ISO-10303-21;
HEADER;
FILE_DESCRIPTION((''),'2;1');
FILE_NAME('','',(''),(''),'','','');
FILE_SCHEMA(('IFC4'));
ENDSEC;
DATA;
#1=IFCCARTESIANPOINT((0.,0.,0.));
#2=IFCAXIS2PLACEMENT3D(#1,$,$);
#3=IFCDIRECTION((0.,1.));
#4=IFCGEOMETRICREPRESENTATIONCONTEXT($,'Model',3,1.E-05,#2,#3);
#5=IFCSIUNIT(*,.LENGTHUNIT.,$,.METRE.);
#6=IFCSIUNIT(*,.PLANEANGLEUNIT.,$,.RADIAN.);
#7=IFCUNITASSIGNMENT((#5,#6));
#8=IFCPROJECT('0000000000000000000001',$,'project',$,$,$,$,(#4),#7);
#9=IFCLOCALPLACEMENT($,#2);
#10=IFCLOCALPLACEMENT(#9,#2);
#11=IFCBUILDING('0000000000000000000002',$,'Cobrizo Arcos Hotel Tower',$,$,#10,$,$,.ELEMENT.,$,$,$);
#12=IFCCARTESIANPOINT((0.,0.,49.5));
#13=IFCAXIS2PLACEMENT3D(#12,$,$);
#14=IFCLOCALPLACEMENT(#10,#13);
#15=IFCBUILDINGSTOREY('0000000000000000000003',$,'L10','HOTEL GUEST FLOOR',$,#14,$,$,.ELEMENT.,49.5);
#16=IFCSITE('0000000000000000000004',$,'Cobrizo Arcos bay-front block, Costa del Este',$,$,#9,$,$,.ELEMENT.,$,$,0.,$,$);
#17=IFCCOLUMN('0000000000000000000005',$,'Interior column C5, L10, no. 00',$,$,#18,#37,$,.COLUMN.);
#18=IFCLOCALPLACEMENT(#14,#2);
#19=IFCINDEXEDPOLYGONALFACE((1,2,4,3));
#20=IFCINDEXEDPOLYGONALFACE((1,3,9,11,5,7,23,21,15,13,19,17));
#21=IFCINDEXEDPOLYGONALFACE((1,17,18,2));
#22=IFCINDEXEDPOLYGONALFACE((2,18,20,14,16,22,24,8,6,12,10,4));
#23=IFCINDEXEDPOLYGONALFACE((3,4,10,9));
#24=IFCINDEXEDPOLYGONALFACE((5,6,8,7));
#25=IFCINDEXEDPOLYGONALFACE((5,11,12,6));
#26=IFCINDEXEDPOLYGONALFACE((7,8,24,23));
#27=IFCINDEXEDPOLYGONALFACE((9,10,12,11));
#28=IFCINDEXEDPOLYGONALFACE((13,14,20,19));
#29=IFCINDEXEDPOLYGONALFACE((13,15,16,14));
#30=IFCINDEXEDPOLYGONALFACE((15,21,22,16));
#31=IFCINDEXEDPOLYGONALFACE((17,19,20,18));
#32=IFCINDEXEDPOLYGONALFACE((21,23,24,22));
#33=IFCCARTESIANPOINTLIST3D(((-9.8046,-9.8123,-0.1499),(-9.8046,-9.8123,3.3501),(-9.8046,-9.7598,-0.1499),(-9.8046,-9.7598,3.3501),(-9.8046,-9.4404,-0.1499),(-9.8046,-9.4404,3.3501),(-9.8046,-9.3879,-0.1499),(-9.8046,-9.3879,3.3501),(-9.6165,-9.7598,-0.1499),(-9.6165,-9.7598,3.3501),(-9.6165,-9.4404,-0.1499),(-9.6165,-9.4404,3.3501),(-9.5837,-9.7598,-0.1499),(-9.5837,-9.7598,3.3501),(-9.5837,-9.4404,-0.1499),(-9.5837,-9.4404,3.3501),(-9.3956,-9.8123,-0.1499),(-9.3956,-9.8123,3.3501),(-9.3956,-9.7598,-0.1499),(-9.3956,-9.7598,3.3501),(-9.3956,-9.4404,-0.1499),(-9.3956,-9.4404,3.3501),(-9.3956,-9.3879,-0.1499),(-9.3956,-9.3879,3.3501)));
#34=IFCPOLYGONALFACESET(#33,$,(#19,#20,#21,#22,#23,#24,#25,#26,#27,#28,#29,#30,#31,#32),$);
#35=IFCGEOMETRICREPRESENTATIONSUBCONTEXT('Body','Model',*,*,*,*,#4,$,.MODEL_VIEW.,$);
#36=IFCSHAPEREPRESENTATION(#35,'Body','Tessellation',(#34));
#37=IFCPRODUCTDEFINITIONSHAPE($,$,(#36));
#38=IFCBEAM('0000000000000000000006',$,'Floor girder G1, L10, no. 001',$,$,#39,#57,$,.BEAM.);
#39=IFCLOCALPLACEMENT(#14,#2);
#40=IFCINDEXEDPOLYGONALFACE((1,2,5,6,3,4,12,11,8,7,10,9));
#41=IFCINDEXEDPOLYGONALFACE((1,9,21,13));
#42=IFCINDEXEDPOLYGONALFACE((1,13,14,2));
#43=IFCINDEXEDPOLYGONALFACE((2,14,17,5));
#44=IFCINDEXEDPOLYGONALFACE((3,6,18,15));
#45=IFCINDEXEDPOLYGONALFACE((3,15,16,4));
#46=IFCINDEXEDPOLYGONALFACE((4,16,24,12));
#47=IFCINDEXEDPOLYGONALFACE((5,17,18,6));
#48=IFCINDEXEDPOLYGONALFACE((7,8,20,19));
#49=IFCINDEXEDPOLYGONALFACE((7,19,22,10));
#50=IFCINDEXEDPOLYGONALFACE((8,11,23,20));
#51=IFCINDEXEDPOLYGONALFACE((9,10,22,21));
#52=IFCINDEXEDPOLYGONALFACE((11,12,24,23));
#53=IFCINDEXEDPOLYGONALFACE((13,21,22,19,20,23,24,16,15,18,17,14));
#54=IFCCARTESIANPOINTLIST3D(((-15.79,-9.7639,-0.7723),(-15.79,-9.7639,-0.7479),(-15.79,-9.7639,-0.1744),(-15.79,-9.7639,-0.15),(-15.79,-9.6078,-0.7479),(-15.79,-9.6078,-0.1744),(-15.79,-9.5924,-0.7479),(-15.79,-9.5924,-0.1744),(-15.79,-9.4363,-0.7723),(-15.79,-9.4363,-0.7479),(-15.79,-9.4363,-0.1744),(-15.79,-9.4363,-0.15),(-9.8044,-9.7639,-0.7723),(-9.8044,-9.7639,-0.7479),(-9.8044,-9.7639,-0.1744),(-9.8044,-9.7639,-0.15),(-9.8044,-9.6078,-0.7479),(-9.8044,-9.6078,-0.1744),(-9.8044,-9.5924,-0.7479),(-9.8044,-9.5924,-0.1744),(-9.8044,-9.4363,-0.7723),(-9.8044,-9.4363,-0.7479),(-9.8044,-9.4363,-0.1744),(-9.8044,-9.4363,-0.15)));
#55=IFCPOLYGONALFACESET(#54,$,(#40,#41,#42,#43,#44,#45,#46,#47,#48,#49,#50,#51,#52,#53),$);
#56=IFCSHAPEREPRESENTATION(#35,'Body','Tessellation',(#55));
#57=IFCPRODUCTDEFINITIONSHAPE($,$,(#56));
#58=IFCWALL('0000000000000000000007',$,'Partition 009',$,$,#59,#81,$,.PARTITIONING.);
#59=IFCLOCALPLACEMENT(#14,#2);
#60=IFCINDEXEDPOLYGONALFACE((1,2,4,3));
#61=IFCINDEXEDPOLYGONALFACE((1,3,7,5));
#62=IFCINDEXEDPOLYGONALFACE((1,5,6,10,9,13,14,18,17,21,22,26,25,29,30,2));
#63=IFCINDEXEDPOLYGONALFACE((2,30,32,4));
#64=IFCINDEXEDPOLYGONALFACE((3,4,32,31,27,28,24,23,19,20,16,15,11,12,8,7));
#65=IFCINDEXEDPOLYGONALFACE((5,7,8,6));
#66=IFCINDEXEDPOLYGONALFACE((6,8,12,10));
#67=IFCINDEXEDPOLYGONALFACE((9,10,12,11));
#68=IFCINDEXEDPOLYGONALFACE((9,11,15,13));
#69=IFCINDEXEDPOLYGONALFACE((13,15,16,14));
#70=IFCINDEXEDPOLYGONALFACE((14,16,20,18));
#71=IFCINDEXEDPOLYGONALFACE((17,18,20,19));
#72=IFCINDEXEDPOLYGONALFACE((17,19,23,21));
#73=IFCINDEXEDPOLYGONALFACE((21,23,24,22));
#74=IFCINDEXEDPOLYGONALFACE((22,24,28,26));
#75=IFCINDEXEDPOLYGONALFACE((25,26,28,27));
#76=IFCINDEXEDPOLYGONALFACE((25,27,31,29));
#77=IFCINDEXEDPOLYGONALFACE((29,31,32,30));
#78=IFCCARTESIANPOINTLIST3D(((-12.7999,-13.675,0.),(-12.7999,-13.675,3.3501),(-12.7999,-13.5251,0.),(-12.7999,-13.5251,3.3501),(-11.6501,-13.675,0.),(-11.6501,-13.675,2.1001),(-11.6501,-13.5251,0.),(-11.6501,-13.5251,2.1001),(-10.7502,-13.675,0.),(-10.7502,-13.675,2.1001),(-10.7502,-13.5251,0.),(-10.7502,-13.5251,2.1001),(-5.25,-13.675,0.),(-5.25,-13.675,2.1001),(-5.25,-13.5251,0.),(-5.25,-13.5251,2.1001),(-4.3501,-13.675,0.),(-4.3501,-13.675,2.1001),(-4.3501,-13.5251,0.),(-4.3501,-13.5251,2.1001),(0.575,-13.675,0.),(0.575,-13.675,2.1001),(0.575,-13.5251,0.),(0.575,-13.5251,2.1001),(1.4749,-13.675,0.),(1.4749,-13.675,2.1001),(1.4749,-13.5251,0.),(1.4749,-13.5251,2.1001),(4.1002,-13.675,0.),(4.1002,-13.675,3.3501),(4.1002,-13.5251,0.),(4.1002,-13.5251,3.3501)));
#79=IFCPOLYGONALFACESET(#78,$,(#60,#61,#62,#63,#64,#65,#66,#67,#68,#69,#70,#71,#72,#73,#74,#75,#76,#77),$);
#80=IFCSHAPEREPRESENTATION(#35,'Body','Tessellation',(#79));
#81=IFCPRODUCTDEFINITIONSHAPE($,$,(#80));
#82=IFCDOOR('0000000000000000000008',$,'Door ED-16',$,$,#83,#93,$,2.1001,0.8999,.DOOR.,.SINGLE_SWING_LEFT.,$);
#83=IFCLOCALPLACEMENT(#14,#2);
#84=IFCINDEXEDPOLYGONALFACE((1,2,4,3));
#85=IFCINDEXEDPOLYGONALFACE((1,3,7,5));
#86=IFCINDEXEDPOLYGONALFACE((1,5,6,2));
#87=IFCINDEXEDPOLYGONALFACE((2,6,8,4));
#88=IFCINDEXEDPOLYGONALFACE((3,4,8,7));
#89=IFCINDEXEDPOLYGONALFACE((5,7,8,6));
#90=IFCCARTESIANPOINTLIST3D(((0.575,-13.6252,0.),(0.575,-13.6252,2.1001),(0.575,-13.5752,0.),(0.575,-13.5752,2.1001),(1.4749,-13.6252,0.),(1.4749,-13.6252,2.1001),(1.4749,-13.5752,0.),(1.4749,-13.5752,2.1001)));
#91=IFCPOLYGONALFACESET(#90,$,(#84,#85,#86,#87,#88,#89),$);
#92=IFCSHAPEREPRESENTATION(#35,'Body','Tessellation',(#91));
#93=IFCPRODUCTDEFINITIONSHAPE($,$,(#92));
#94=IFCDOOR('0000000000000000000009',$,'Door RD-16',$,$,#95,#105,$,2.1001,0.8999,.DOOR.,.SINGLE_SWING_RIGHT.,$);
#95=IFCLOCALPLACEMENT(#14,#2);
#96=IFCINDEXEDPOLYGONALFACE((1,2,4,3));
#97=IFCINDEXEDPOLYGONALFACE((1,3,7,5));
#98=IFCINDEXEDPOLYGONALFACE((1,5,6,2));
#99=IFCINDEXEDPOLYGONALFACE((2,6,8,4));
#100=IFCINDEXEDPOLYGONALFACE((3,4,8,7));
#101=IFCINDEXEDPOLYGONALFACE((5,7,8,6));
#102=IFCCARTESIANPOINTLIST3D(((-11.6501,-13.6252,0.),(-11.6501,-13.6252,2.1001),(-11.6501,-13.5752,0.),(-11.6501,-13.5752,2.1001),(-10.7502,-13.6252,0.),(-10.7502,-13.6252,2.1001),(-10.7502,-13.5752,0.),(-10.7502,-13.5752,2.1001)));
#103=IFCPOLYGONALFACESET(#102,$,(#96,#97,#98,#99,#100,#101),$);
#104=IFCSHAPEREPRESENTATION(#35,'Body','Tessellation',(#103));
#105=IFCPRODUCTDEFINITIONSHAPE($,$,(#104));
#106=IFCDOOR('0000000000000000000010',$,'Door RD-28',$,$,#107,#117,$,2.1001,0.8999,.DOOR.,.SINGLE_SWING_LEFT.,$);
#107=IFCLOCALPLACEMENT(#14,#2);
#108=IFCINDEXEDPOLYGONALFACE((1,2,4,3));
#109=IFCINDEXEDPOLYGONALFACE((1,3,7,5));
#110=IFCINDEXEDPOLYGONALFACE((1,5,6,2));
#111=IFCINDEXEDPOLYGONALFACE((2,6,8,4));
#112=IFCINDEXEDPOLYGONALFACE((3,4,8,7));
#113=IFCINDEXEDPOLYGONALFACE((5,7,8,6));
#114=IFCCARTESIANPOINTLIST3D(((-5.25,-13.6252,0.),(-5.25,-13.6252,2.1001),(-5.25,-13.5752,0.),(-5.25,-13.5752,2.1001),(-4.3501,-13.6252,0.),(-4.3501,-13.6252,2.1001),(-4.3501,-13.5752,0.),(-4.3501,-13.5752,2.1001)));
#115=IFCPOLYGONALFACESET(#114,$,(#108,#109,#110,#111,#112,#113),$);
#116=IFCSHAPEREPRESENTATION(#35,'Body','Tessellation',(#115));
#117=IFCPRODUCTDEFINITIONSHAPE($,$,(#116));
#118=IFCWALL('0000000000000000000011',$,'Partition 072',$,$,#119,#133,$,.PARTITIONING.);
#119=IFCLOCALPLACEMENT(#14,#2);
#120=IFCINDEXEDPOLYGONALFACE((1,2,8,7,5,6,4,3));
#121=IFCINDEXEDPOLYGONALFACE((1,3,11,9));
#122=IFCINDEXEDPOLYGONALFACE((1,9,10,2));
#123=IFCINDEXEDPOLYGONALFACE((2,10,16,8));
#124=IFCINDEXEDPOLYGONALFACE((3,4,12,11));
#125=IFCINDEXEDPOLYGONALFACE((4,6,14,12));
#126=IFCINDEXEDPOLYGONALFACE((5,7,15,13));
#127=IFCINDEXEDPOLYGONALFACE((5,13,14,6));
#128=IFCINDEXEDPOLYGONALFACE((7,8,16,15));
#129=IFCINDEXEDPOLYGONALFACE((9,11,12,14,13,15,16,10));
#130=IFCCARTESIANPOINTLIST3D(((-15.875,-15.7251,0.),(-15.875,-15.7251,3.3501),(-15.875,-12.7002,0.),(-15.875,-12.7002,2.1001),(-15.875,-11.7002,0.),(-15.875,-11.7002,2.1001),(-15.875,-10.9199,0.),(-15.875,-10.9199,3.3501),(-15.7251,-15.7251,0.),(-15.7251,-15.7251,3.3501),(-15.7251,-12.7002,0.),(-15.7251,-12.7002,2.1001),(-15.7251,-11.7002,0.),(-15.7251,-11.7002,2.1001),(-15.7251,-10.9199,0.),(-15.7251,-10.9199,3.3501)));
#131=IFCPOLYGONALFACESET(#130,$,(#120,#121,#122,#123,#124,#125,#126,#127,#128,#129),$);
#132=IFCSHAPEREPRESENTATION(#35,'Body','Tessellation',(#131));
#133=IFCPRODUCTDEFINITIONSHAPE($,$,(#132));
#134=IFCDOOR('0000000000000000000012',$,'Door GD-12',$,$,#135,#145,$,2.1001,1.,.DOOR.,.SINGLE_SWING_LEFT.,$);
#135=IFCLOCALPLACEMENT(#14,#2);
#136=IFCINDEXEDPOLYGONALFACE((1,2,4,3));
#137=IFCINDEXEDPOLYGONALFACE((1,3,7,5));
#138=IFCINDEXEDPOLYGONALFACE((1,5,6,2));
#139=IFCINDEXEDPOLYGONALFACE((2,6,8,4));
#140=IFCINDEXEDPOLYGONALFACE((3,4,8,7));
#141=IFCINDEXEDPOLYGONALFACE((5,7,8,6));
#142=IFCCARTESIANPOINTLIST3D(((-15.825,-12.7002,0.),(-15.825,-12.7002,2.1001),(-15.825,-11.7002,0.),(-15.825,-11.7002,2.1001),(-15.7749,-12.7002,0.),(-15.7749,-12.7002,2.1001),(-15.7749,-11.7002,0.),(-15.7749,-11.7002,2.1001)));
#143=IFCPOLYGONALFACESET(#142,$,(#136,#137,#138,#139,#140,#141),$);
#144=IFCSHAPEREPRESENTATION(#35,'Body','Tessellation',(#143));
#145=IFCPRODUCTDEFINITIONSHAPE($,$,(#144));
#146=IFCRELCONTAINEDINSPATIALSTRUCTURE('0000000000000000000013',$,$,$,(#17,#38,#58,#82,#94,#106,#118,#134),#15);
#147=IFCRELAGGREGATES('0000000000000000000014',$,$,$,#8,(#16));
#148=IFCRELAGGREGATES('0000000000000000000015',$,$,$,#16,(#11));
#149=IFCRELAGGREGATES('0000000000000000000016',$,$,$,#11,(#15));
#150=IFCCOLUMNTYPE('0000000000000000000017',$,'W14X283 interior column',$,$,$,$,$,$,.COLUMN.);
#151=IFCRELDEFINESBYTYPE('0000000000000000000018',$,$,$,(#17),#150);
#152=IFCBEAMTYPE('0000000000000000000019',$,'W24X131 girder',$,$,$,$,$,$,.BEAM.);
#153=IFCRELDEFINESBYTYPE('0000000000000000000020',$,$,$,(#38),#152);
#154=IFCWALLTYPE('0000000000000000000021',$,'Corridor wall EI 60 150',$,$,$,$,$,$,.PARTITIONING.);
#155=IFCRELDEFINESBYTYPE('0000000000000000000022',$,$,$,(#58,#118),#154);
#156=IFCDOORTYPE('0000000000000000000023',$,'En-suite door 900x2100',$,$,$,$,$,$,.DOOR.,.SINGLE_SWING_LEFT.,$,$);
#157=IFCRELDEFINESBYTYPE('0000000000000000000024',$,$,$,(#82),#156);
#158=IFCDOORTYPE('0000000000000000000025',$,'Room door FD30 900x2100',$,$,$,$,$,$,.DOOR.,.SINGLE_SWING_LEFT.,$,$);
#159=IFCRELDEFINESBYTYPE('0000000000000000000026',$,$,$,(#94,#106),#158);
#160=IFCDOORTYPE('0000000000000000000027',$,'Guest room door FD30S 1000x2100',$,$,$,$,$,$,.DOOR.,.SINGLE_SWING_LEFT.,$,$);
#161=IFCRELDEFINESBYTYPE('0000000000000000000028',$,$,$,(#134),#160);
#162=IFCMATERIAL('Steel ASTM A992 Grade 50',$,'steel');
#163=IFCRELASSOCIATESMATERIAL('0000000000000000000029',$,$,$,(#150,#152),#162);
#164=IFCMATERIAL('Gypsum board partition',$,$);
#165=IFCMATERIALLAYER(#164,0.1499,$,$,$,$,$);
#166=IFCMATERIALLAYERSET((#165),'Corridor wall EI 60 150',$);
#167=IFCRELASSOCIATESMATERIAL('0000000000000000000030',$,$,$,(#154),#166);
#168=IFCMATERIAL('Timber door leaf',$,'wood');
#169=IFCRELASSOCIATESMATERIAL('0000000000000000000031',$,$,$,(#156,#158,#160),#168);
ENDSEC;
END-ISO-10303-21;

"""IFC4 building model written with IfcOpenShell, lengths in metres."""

from ifc_helpers import new_model, si_unit, direction, frame, frame_2d, origin, origin_2d, place, context, subcontext, project, spatial, rectangle, i_section, extrude, material, layer, layer_set, material_profile, profile_set, type_object, element, fill, save


model = new_model("IFC4")

# Units and contexts
model_context = context("Model", 3, precision=1e-05, world=origin(), true_north=direction((0.0, 1.0)))
body_context = subcontext(model_context, "Body", "Model", "MODEL_VIEW")
ifc_project = project(units=[si_unit("LENGTHUNIT", "METRE"), si_unit("PLANEANGLEUNIT", "RADIAN")], contexts=[model_context])

# Site, building, storey
site_placement = place(None, origin())
site = spatial("IfcSite", under=ifc_project, at=site_placement, Name="Cobrizo Arcos bay-front block, Costa del Este", CompositionType="ELEMENT", RefElevation=0.0)
building_placement = place(site_placement, origin())
building = spatial("IfcBuilding", under=site, at=building_placement, Name="Cobrizo Arcos Hotel Tower", CompositionType="ELEMENT")
storey_placement = place(building_placement, frame((0.0, 0.0, 49.5)))
storey = spatial("IfcBuildingStorey", under=building, at=storey_placement, Name="L10", Description="HOTEL GUEST FLOOR", CompositionType="ELEMENT", Elevation=49.5)

# Column
ifc_material_1 = material(Name="Steel ASTM A992 Grade 50", Category="steel")
ifc_material_profile_1 = material_profile(ifc_material_1, i_section(OverallWidth=0.4089, OverallDepth=0.4243, WebThickness=0.0327, FlangeThickness=0.0525, at=origin_2d()), Name="W14X283")
ifc_profile_set_1 = profile_set([ifc_material_profile_1], Name="Steel ASTM A992 Grade 50")
column_type = type_object("IfcColumnType", Name="W14X283 interior column", PredefinedType="COLUMN", material=ifc_profile_set_1)
column_placement = place(storey_placement, frame((-9.6001, -9.6001, -0.1499), z_axis=(0.0, 0.0, 1.0), x_axis=(1.0, 0.0, 0.0)))
element("IfcColumn", 1, at=column_placement, inside=storey, type_object=column_type, Name="Interior column C5, L10, no. 00", PredefinedType="COLUMN", context=body_context, shape_type="SweptSolid", body=[
    extrude(i_section(OverallWidth=0.4089, OverallDepth=0.4243, WebThickness=0.0327, FlangeThickness=0.0525, at=origin_2d()), origin(), (0.0, 0.0, 1.0), 3.5),
])

# Beam
ifc_material_profile_2 = material_profile(ifc_material_1, i_section(OverallWidth=0.3276, OverallDepth=0.6223, WebThickness=0.0154, FlangeThickness=0.0244, at=origin_2d()), Name="W24X131")
ifc_profile_set_2 = profile_set([ifc_material_profile_2], Name="Steel ASTM A992 Grade 50")
beam_type = type_object("IfcBeamType", Name="W24X131 girder", PredefinedType="BEAM", material=ifc_profile_set_2)
beam_placement = place(storey_placement, frame((-15.79, -9.6001, -0.4612), z_axis=(1.0, 0.0, 0.0), x_axis=(0.0, 1.0, 0.0)))
element("IfcBeam", 2, at=beam_placement, inside=storey, type_object=beam_type, Name="Floor girder G1, L10, no. 001", PredefinedType="BEAM", context=body_context, shape_type="SweptSolid", body=[
    extrude(i_section(OverallWidth=0.3276, OverallDepth=0.6223, WebThickness=0.0154, FlangeThickness=0.0244, at=origin_2d()), origin(), (0.0, 0.0, 1.0), 5.9856),
])

# Wall, openings, doors
ifc_material_2 = material(Name="Gypsum board partition")
ifc_layer_1 = layer(ifc_material_2, 0.1499)
ifc_layer_set_1 = layer_set([ifc_layer_1], Name="Corridor wall EI 60 150")
wall_type_1 = type_object("IfcWallType", Name="Corridor wall EI 60 150", PredefinedType="PARTITIONING", material=ifc_layer_set_1)
wall_1_placement = place(storey_placement, frame((-12.8, -13.6001, 0.0), z_axis=(0.0, 0.0, 1.0), x_axis=(1.0, 0.0, 0.0)))
wall_1 = element("IfcWall", 3, at=wall_1_placement, inside=storey, type_object=wall_type_1, Name="Partition 009", PredefinedType="PARTITIONING", context=body_context, shape_type="SweptSolid", body=[
    extrude(rectangle(XDim=16.9001, YDim=0.1499, at=frame_2d((8.4502, 0.0))), origin(), (0.0, 0.0, 1.0), 3.3501),
])
opening_1_placement = place(wall_1_placement, frame((1.1499, 0.0, 0.0)))
opening_1 = element("IfcOpeningElement", 4, at=opening_1_placement, cuts=wall_1, PredefinedType="OPENING", context=body_context, shape_type="SweptSolid", body=[
    extrude(rectangle(XDim=0.8999, YDim=2.1001, at=frame_2d((0.45, 1.05))), frame((0.0, 0.0869, 0.0), z_axis=(0.0, -1.0, 0.0), x_axis=(1.0, 0.0, 0.0)), (0.0, 0.0, 1.0), 0.1738),
])
opening_2_placement = place(wall_1_placement, frame((13.375, 0.0, 0.0)))
opening_2 = element("IfcOpeningElement", 5, at=opening_2_placement, cuts=wall_1, PredefinedType="OPENING", context=body_context, shape_type="SweptSolid", body=[
    extrude(rectangle(XDim=0.8999, YDim=2.1001, at=frame_2d((0.45, 1.05))), frame((0.0, 0.0869, 0.0), z_axis=(0.0, -1.0, 0.0), x_axis=(1.0, 0.0, 0.0)), (0.0, 0.0, 1.0), 0.1738),
])
opening_3_placement = place(wall_1_placement, frame((7.55, 0.0, 0.0)))
opening_3 = element("IfcOpeningElement", 6, at=opening_3_placement, cuts=wall_1, PredefinedType="OPENING", context=body_context, shape_type="SweptSolid", body=[
    extrude(rectangle(XDim=0.8999, YDim=2.1001, at=frame_2d((0.45, 1.05))), frame((0.0, 0.0869, 0.0), z_axis=(0.0, -1.0, 0.0), x_axis=(1.0, 0.0, 0.0)), (0.0, 0.0, 1.0), 0.1738),
])
ifc_material_3 = material(Name="Timber door leaf", Category="wood")
door_type_1 = type_object("IfcDoorType", Name="En-suite door 900x2100", OperationType="SINGLE_SWING_LEFT", PredefinedType="DOOR", material=ifc_material_3)
door_1_placement = place(opening_2_placement, origin())
door_1 = element("IfcDoor", 7, at=door_1_placement, inside=storey, type_object=door_type_1, Name="Door ED-16", OperationType="SINGLE_SWING_LEFT", OverallHeight=2.1001, OverallWidth=0.8999, PredefinedType="DOOR", context=body_context, shape_type="SweptSolid", body=[
    extrude(rectangle(XDim=0.8999, YDim=2.1001, at=frame_2d((0.45, 1.05))), frame((0.0, 0.0249, 0.0), z_axis=(0.0, -1.0, 0.0), x_axis=(1.0, 0.0, 0.0)), (0.0, 0.0, 1.0), 0.05),
])
fill(opening_2, door_1)
door_type_2 = type_object("IfcDoorType", Name="Room door FD30 900x2100", OperationType="SINGLE_SWING_LEFT", PredefinedType="DOOR", material=ifc_material_3)
door_2_placement = place(opening_1_placement, origin())
door_2 = element("IfcDoor", 8, at=door_2_placement, inside=storey, type_object=door_type_2, Name="Door RD-16", OperationType="SINGLE_SWING_RIGHT", OverallHeight=2.1001, OverallWidth=0.8999, PredefinedType="DOOR", context=body_context, shape_type="SweptSolid", body=[
    extrude(rectangle(XDim=0.8999, YDim=2.1001, at=frame_2d((0.45, 1.05))), frame((0.0, 0.0249, 0.0), z_axis=(0.0, -1.0, 0.0), x_axis=(1.0, 0.0, 0.0)), (0.0, 0.0, 1.0), 0.05),
])
fill(opening_1, door_2)
door_3_placement = place(opening_3_placement, origin())
door_3 = element("IfcDoor", 9, at=door_3_placement, inside=storey, type_object=door_type_2, Name="Door RD-28", OperationType="SINGLE_SWING_LEFT", OverallHeight=2.1001, OverallWidth=0.8999, PredefinedType="DOOR", context=body_context, shape_type="SweptSolid", body=[
    extrude(rectangle(XDim=0.8999, YDim=2.1001, at=frame_2d((0.45, 1.05))), frame((0.0, 0.0249, 0.0), z_axis=(0.0, -1.0, 0.0), x_axis=(1.0, 0.0, 0.0)), (0.0, 0.0, 1.0), 0.05),
])
fill(opening_3, door_3)

# Wall, opening, door
wall_2_placement = place(storey_placement, frame((-15.8, -15.7251, 0.0), z_axis=(0.0, 0.0, 1.0), x_axis=(0.0, 1.0, 0.0)))
wall_2 = element("IfcWall", 10, at=wall_2_placement, inside=storey, type_object=wall_type_1, Name="Partition 072", PredefinedType="PARTITIONING", context=body_context, shape_type="SweptSolid", body=[
    extrude(rectangle(XDim=4.8052, YDim=0.1499, at=frame_2d((2.4026, 0.0))), origin(), (0.0, 0.0, 1.0), 3.3501),
])
opening_4_placement = place(wall_2_placement, frame((3.0249, 0.0, 0.0)))
opening_4 = element("IfcOpeningElement", 11, at=opening_4_placement, cuts=wall_2, PredefinedType="OPENING", context=body_context, shape_type="SweptSolid", body=[
    extrude(rectangle(XDim=1.0, YDim=2.1001, at=frame_2d((0.5, 1.05))), frame((0.0, 0.0869, 0.0), z_axis=(0.0, -1.0, 0.0), x_axis=(1.0, 0.0, 0.0)), (0.0, 0.0, 1.0), 0.1738),
])
door_type_3 = type_object("IfcDoorType", Name="Guest room door FD30S 1000x2100", OperationType="SINGLE_SWING_LEFT", PredefinedType="DOOR", material=ifc_material_3)
door_4_placement = place(opening_4_placement, origin())
door_4 = element("IfcDoor", 12, at=door_4_placement, inside=storey, type_object=door_type_3, Name="Door GD-12", OperationType="SINGLE_SWING_LEFT", OverallHeight=2.1001, OverallWidth=1.0, PredefinedType="DOOR", context=body_context, shape_type="SweptSolid", body=[
    extrude(rectangle(XDim=1.0, YDim=2.1001, at=frame_2d((0.5, 1.05))), frame((0.0, 0.0249, 0.0), z_axis=(0.0, -1.0, 0.0), x_axis=(1.0, 0.0, 0.0)), (0.0, 0.0, 1.0), 0.05),
])
fill(opening_4, door_4)

save(model, "model.ifc")
